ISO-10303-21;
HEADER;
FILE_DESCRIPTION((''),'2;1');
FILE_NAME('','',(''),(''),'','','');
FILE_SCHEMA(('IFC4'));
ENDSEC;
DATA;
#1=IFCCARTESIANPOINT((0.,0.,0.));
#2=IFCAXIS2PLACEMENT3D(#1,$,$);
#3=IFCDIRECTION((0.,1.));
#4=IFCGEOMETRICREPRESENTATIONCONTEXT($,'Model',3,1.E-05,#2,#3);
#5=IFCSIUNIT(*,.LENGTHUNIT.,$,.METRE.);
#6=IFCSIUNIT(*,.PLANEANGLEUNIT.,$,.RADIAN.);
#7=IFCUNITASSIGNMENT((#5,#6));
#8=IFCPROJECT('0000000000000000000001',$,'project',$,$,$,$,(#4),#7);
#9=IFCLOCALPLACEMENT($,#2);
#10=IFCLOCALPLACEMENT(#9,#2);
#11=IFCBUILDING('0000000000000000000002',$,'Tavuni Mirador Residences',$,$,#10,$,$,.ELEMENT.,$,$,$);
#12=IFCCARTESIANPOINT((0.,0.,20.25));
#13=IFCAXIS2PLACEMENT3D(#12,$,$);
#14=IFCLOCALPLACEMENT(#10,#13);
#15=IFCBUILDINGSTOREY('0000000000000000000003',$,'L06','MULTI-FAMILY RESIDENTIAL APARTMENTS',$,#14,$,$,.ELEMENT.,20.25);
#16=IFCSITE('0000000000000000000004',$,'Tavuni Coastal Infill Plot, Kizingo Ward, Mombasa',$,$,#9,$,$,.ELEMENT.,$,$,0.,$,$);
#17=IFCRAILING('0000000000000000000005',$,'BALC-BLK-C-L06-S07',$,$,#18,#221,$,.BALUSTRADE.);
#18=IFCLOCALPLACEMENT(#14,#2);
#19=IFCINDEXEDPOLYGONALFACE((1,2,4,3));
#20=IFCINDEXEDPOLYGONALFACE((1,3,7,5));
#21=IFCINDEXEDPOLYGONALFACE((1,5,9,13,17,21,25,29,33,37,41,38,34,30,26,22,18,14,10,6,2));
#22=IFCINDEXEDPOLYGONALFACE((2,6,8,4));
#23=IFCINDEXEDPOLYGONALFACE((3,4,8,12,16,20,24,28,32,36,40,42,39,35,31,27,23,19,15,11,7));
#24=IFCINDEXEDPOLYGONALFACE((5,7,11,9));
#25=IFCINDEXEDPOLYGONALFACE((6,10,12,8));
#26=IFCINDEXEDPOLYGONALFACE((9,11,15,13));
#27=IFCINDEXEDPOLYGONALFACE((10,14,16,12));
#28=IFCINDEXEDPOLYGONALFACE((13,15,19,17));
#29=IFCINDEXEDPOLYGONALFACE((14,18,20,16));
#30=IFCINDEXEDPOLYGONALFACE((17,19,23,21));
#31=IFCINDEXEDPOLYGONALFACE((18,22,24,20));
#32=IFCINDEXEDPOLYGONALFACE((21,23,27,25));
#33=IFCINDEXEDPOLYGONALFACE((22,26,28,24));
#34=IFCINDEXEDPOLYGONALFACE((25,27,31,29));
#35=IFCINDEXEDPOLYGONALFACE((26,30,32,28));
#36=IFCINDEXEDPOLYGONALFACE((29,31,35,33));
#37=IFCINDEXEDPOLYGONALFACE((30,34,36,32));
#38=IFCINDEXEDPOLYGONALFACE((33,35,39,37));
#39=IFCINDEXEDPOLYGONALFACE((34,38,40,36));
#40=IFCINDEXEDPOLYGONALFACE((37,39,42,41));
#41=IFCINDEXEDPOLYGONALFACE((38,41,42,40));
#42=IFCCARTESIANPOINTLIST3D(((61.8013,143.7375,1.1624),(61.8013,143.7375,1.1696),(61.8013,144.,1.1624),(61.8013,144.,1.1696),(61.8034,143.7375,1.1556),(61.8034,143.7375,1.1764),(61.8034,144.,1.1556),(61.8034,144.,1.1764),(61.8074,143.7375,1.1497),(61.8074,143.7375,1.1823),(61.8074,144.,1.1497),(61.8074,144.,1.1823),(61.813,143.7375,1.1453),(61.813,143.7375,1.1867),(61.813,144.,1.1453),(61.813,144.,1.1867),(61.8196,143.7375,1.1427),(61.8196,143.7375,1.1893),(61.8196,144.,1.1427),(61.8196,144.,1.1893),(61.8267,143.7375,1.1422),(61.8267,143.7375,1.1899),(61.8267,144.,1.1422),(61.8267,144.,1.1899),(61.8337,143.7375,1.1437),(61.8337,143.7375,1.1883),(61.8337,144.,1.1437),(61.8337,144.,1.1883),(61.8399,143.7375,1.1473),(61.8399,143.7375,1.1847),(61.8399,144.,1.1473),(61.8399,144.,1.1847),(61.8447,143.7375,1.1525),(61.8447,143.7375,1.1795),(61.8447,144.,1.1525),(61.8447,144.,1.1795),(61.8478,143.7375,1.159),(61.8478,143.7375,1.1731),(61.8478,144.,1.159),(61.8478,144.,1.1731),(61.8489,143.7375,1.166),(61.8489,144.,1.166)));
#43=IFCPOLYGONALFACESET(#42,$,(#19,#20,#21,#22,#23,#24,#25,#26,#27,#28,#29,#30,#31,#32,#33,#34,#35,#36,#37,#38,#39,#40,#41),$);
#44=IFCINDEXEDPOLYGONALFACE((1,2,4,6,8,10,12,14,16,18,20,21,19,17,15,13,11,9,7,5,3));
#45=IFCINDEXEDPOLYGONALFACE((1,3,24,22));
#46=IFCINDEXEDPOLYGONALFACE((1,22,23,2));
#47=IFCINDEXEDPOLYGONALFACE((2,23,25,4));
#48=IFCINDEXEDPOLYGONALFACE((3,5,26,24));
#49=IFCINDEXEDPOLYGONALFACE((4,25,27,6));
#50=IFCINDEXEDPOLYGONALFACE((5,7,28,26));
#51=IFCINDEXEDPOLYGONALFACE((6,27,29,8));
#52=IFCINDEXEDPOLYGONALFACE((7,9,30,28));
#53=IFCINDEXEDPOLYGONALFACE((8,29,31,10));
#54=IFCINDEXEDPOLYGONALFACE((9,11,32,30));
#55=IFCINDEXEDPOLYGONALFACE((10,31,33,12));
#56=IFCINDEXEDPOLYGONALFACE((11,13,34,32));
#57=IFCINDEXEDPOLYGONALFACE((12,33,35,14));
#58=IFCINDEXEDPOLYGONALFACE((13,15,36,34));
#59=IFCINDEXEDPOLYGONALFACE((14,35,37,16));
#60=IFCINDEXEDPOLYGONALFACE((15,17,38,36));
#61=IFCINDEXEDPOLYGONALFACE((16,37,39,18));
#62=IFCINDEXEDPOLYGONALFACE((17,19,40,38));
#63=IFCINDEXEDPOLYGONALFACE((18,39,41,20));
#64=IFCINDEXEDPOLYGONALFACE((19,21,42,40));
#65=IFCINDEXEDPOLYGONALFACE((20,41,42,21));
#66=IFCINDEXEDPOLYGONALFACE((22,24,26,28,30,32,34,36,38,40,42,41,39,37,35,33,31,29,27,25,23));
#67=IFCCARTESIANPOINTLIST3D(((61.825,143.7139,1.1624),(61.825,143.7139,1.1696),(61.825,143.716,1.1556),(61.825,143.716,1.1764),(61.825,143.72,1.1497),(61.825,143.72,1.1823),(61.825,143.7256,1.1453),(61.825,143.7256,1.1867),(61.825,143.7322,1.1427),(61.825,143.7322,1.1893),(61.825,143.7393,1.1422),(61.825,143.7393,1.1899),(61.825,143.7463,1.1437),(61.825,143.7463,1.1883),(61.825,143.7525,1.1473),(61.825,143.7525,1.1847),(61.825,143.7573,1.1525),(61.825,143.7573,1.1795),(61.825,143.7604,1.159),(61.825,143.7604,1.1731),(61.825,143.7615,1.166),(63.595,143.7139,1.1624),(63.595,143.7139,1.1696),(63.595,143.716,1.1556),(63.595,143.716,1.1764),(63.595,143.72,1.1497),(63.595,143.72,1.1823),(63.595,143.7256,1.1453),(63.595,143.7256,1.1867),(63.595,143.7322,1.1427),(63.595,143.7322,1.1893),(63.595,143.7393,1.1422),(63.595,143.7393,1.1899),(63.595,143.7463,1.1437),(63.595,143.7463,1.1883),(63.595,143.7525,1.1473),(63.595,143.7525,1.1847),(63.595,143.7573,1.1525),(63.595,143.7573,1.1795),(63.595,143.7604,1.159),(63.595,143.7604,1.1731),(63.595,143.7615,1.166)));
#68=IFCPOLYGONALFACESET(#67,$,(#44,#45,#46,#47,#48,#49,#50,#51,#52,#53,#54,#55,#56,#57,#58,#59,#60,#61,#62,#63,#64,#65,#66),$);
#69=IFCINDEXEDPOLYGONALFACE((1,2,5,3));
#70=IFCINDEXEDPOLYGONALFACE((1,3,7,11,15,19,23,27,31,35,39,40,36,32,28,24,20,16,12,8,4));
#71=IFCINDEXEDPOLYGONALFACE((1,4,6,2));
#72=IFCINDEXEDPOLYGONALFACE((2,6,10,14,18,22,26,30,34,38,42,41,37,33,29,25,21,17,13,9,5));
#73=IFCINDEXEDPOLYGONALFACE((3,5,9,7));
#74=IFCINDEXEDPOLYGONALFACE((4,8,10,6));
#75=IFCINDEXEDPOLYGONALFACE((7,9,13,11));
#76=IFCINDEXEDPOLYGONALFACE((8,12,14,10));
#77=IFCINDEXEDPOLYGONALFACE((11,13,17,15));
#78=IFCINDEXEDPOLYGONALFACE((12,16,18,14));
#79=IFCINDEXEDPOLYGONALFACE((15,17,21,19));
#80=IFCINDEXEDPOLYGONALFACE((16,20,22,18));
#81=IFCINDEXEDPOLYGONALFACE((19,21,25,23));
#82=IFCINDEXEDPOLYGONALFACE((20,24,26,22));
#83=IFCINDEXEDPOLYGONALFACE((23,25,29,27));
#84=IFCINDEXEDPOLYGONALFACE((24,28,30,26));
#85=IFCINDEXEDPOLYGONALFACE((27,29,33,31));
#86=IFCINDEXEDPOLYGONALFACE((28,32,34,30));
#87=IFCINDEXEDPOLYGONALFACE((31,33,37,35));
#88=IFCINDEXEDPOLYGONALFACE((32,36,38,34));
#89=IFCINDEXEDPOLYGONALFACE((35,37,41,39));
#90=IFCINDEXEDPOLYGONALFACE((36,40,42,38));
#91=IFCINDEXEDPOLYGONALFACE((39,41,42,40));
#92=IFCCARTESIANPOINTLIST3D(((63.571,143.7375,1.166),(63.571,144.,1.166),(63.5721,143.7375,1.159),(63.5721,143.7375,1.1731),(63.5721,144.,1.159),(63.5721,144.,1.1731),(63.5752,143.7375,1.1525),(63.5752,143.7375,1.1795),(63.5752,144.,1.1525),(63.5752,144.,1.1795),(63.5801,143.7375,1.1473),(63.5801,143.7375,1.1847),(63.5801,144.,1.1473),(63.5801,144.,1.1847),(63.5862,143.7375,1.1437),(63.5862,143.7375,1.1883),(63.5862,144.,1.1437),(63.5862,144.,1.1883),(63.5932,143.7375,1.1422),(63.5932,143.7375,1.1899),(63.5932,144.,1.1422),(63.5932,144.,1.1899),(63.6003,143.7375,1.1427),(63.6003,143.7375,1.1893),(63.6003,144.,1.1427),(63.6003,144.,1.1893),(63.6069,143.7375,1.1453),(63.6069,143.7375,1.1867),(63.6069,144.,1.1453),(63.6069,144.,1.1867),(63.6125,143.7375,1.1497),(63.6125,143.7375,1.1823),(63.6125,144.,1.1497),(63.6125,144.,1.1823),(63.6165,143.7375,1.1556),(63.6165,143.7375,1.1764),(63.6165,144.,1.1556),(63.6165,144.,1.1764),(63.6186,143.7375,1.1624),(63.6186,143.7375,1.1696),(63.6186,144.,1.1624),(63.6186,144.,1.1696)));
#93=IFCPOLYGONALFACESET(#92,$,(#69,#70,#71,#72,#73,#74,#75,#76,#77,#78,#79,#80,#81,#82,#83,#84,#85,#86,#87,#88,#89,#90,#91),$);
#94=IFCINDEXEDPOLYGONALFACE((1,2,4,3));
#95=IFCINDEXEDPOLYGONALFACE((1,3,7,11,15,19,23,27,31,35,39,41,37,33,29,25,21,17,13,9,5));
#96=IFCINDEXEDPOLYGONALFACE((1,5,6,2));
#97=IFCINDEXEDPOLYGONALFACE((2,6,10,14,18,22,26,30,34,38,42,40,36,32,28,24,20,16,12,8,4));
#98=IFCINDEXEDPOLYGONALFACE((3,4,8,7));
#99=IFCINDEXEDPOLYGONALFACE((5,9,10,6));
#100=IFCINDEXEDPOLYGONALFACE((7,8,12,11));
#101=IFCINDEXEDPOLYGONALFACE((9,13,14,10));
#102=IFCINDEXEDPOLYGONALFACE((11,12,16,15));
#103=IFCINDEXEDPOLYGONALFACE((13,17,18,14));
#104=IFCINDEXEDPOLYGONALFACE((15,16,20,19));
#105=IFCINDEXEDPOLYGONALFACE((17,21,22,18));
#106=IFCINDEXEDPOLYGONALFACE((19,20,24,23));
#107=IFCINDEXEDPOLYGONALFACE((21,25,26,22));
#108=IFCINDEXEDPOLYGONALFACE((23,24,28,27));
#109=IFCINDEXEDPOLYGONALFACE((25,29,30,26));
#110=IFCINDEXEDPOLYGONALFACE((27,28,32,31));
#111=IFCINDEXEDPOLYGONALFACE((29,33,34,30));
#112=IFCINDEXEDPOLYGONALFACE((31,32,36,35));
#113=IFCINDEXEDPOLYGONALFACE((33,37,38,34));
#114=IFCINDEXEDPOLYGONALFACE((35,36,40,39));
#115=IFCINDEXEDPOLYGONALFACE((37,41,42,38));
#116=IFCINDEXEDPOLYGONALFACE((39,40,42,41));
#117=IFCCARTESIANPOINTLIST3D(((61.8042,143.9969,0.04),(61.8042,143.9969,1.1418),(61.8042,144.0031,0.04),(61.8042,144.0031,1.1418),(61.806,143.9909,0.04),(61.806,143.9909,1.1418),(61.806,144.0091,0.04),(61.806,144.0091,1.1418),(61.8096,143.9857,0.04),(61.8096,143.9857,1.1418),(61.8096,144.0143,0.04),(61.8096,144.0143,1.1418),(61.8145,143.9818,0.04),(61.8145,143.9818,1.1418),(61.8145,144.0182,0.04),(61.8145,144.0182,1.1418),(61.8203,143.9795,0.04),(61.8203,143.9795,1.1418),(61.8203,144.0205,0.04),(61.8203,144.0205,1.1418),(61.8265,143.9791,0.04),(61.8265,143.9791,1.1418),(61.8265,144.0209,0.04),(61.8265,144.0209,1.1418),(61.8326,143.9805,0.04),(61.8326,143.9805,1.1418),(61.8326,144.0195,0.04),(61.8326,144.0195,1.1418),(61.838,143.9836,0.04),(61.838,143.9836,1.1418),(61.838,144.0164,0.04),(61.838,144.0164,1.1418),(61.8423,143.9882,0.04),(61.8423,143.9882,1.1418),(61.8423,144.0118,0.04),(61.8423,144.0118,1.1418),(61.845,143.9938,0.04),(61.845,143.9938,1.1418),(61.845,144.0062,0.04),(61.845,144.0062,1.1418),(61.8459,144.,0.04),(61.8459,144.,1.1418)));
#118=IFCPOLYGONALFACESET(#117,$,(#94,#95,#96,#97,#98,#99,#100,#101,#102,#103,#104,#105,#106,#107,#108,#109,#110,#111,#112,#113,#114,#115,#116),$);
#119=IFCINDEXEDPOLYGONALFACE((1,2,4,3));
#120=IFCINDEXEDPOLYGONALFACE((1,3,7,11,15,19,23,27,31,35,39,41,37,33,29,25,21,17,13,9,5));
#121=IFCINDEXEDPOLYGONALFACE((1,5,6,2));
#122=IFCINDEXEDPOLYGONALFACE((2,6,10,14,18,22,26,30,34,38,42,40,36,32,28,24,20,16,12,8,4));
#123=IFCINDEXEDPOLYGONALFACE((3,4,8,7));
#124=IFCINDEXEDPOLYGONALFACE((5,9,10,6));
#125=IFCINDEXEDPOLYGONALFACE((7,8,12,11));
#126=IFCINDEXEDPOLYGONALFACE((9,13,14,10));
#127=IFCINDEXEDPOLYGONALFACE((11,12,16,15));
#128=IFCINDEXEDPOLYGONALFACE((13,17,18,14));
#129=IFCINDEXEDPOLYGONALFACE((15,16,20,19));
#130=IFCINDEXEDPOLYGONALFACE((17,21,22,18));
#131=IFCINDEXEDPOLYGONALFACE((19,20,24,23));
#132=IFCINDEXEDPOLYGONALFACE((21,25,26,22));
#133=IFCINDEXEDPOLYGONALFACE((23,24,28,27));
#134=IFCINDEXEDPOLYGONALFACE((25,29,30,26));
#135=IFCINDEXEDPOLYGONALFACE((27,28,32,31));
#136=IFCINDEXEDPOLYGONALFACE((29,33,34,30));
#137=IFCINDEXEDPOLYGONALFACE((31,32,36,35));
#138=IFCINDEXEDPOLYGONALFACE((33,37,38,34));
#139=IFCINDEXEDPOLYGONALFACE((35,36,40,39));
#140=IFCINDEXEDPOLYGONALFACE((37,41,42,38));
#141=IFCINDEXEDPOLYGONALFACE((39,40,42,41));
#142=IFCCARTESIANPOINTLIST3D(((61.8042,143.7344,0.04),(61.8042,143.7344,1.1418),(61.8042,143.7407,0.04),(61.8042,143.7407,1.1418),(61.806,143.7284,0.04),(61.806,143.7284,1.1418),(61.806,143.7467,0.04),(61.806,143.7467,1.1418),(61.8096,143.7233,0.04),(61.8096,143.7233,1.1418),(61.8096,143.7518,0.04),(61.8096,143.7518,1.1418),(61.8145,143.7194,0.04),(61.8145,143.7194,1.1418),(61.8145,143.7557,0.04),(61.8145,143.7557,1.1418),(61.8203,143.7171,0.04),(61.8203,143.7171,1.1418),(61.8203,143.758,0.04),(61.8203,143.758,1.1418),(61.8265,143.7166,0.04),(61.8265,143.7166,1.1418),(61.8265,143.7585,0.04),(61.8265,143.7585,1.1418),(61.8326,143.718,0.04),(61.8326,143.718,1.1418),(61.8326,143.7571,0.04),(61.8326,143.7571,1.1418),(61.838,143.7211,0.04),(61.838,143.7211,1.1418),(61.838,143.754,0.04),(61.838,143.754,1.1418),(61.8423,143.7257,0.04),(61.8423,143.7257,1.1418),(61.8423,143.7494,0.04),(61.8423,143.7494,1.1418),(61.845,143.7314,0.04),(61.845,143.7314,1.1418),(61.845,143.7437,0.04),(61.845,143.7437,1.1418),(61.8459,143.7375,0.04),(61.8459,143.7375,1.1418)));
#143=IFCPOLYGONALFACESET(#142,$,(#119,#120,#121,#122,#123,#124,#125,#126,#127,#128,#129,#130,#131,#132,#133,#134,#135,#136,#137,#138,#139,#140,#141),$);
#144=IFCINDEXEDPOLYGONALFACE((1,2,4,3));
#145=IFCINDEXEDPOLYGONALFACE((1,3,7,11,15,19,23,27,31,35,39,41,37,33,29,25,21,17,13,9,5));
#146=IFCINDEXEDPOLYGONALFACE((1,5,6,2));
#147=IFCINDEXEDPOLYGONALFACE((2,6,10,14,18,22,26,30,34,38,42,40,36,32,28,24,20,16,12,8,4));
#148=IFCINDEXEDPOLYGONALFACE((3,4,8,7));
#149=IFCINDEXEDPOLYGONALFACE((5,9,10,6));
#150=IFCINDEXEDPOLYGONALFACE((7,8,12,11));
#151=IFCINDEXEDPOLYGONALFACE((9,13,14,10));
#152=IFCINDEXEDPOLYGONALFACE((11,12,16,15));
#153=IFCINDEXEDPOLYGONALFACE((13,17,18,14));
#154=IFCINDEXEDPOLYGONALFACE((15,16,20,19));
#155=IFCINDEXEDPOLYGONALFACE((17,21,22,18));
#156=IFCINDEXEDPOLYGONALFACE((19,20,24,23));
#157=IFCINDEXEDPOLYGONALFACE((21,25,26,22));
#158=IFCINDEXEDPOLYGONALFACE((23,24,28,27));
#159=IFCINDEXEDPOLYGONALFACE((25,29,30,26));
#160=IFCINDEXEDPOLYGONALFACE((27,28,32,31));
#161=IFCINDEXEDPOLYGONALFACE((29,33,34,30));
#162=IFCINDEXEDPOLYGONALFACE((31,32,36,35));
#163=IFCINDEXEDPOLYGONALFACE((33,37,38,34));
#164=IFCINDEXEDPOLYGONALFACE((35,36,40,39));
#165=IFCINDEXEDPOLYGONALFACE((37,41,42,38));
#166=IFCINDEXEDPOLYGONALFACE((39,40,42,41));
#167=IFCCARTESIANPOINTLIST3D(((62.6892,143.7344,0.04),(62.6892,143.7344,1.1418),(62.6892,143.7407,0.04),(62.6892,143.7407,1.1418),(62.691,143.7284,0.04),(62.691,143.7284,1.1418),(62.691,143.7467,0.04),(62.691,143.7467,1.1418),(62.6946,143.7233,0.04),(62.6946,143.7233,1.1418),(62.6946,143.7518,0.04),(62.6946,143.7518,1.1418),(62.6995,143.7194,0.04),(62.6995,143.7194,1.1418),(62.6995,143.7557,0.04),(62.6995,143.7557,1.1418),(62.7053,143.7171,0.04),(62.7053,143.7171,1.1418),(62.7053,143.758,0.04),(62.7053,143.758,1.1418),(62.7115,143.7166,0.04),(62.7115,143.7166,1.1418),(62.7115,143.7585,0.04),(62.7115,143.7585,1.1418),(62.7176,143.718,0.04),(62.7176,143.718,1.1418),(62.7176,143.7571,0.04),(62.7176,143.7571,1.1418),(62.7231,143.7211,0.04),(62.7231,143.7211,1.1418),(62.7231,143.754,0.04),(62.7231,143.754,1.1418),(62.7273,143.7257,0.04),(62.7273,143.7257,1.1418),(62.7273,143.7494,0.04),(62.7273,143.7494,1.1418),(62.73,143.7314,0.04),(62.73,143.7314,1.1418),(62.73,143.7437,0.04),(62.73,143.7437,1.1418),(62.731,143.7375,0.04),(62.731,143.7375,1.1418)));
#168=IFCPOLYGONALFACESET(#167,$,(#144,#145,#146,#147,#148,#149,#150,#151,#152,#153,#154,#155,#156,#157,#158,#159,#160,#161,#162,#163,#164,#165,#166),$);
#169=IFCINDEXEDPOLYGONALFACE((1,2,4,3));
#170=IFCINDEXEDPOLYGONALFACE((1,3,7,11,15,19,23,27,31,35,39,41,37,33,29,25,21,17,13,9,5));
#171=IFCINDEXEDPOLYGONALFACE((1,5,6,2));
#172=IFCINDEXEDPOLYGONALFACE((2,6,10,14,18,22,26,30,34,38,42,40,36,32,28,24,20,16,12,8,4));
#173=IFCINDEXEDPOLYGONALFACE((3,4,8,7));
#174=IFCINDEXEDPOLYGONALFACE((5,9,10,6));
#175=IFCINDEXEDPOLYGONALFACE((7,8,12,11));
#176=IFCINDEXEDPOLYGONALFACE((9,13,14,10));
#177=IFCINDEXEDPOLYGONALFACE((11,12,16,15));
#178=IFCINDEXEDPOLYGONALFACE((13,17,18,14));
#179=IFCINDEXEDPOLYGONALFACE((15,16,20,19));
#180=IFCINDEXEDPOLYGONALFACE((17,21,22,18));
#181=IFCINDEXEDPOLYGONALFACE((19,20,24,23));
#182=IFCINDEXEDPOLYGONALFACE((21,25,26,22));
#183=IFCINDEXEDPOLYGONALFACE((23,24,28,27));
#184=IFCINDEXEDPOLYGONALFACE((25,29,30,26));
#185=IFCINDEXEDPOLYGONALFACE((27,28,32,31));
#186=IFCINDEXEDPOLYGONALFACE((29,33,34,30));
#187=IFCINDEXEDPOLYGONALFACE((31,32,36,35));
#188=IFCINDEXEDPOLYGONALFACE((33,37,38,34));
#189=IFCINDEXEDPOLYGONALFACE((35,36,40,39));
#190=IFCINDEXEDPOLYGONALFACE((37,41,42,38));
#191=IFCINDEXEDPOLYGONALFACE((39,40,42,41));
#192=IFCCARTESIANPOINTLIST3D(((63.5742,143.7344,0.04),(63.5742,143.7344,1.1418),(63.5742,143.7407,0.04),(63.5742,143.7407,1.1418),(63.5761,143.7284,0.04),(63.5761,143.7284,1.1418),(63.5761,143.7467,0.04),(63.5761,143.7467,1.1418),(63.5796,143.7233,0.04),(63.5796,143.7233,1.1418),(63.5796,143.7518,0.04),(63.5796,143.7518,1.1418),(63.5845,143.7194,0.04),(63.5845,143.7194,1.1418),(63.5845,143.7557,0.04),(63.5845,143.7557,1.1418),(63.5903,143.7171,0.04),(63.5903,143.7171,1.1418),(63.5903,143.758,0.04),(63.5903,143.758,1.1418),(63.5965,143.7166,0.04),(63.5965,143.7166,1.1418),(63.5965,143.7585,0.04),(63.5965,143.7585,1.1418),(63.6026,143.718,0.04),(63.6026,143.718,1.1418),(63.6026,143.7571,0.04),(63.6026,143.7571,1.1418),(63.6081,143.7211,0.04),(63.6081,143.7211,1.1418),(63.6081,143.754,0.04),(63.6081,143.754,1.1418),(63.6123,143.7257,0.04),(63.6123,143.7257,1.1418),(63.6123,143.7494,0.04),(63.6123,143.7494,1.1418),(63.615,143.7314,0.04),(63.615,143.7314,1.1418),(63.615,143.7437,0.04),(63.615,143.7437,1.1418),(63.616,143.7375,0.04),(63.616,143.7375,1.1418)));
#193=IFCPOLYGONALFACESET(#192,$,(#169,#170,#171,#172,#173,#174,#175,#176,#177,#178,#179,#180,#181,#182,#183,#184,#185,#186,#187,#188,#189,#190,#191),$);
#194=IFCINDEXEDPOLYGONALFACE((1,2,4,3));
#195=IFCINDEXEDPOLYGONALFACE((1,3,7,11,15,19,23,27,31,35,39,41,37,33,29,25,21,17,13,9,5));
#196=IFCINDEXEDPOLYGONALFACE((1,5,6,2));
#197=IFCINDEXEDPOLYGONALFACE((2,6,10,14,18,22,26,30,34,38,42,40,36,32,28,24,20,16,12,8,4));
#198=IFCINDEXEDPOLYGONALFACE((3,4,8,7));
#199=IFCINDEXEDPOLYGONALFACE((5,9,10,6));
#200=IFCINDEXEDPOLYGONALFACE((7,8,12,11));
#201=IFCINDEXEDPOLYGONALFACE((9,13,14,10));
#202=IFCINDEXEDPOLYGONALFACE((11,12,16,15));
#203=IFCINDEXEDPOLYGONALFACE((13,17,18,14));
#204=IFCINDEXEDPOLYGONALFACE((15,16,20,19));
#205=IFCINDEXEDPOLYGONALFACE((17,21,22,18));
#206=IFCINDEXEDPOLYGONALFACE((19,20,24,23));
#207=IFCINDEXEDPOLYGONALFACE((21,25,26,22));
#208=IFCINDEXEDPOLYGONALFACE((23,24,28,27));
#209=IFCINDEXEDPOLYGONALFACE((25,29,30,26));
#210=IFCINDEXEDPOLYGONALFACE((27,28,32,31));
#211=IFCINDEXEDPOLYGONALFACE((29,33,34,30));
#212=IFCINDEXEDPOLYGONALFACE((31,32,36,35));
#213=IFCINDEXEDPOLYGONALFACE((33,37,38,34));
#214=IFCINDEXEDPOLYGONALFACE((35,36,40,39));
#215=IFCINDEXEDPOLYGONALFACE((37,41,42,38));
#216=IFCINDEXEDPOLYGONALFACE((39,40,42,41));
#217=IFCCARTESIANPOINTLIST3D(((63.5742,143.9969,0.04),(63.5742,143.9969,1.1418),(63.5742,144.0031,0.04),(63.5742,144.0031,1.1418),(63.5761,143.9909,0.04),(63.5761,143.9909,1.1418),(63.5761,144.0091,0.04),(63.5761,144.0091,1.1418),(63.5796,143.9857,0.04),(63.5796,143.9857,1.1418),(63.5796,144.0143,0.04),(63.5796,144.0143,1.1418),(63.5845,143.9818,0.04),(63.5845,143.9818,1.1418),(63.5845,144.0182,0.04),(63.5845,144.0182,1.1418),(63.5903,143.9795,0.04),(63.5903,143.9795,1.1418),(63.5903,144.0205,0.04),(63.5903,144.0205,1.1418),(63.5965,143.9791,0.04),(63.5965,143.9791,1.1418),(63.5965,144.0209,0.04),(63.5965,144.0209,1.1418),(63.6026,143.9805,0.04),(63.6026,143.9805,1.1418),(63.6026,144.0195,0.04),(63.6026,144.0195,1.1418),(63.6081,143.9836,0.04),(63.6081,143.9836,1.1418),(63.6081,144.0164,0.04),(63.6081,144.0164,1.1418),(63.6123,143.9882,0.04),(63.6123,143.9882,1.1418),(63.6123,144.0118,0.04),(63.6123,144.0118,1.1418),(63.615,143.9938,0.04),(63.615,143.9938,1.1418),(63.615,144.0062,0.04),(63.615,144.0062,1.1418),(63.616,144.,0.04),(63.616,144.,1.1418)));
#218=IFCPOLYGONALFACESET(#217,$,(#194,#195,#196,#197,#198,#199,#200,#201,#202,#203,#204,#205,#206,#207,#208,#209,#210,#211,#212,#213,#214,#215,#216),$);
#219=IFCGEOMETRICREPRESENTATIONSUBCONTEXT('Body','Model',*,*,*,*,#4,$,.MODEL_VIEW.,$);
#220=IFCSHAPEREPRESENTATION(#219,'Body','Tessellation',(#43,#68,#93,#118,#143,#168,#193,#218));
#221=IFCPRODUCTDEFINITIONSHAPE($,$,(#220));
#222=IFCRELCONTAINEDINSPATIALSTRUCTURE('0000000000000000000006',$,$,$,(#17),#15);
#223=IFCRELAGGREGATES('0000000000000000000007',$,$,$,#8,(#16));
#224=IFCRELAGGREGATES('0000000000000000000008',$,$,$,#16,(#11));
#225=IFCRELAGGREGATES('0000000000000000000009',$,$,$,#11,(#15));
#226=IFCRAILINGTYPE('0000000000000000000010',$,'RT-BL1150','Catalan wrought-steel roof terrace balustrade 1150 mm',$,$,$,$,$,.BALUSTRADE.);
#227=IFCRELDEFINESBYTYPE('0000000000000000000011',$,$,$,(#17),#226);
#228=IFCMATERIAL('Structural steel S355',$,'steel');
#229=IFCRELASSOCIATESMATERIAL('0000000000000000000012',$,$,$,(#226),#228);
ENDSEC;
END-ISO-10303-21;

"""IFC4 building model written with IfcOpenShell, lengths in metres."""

from ifc_helpers import new_model, si_unit, direction, frame, origin, origin_2d, place, context, subcontext, project, spatial, circle, extrude, material, type_object, element, save


model = new_model("IFC4")

# Units and contexts
model_context = context("Model", 3, precision=1e-05, world=origin(), true_north=direction((0.0, 1.0)))
body_context = subcontext(model_context, "Body", "Model", "MODEL_VIEW")
ifc_project = project(units=[si_unit("LENGTHUNIT", "METRE"), si_unit("PLANEANGLEUNIT", "RADIAN")], contexts=[model_context])

# Site, building, storey
site_placement = place(None, origin())
site = spatial("IfcSite", under=ifc_project, at=site_placement, Name="Tavuni Coastal Infill Plot, Kizingo Ward, Mombasa", CompositionType="ELEMENT", RefElevation=0.0)
building_placement = place(site_placement, origin())
building = spatial("IfcBuilding", under=site, at=building_placement, Name="Tavuni Mirador Residences", CompositionType="ELEMENT")
storey_placement = place(building_placement, frame((0.0, 0.0, 20.25)))
storey = spatial("IfcBuildingStorey", under=building, at=storey_placement, Name="L06", Description="MULTI-FAMILY RESIDENTIAL APARTMENTS", CompositionType="ELEMENT", Elevation=20.25)

# Railing
ifc_material_1 = material(Name="Structural steel S355", Category="steel")
railing_type = type_object("IfcRailingType", Name="RT-BL1150", Description="Catalan wrought-steel roof terrace balustrade 1150 mm", PredefinedType="BALUSTRADE", material=ifc_material_1)
railing_placement = place(storey_placement, frame((61.825, 144.0, 0.04)))
element("IfcRailing", 1, at=railing_placement, inside=storey, type_object=railing_type, Name="BALC-BLK-C-L06-S07", PredefinedType="BALUSTRADE", context=body_context, shape_type="SweptSolid", body=[
    extrude(circle(Radius=0.0239, at=origin_2d()), frame((0.0, 0.0, 1.126), z_axis=(0.0, -1.0, 0.0), x_axis=(1.0, 0.0, 0.0)), (0.0, 0.0, 1.0), 0.2625),
    extrude(circle(Radius=0.0239, at=origin_2d()), frame((0.0, -0.2625, 1.126), z_axis=(1.0, 0.0, 0.0), x_axis=(0.0, 1.0, 0.0)), (0.0, 0.0, 1.0), 1.77),
    extrude(circle(Radius=0.0239, at=origin_2d()), frame((1.77, -0.2625, 1.126), z_axis=(0.0, 1.0, 0.0), x_axis=(-1.0, 0.0, 0.0)), (0.0, 0.0, 1.0), 0.2625),
    extrude(circle(Radius=0.021, at=origin_2d()), origin(), (0.0, 0.0, 1.0), 1.1018),
    extrude(circle(Radius=0.021, at=origin_2d()), frame((0.0, -0.2625, 0.0)), (0.0, 0.0, 1.0), 1.1018),
    extrude(circle(Radius=0.021, at=origin_2d()), frame((0.885, -0.2625, 0.0)), (0.0, 0.0, 1.0), 1.1018),
    extrude(circle(Radius=0.021, at=origin_2d()), frame((1.77, -0.2625, 0.0)), (0.0, 0.0, 1.0), 1.1018),
    extrude(circle(Radius=0.021, at=origin_2d()), frame((1.77, 0.0, 0.0)), (0.0, 0.0, 1.0), 1.1018),
])

save(model, "model.ifc")
